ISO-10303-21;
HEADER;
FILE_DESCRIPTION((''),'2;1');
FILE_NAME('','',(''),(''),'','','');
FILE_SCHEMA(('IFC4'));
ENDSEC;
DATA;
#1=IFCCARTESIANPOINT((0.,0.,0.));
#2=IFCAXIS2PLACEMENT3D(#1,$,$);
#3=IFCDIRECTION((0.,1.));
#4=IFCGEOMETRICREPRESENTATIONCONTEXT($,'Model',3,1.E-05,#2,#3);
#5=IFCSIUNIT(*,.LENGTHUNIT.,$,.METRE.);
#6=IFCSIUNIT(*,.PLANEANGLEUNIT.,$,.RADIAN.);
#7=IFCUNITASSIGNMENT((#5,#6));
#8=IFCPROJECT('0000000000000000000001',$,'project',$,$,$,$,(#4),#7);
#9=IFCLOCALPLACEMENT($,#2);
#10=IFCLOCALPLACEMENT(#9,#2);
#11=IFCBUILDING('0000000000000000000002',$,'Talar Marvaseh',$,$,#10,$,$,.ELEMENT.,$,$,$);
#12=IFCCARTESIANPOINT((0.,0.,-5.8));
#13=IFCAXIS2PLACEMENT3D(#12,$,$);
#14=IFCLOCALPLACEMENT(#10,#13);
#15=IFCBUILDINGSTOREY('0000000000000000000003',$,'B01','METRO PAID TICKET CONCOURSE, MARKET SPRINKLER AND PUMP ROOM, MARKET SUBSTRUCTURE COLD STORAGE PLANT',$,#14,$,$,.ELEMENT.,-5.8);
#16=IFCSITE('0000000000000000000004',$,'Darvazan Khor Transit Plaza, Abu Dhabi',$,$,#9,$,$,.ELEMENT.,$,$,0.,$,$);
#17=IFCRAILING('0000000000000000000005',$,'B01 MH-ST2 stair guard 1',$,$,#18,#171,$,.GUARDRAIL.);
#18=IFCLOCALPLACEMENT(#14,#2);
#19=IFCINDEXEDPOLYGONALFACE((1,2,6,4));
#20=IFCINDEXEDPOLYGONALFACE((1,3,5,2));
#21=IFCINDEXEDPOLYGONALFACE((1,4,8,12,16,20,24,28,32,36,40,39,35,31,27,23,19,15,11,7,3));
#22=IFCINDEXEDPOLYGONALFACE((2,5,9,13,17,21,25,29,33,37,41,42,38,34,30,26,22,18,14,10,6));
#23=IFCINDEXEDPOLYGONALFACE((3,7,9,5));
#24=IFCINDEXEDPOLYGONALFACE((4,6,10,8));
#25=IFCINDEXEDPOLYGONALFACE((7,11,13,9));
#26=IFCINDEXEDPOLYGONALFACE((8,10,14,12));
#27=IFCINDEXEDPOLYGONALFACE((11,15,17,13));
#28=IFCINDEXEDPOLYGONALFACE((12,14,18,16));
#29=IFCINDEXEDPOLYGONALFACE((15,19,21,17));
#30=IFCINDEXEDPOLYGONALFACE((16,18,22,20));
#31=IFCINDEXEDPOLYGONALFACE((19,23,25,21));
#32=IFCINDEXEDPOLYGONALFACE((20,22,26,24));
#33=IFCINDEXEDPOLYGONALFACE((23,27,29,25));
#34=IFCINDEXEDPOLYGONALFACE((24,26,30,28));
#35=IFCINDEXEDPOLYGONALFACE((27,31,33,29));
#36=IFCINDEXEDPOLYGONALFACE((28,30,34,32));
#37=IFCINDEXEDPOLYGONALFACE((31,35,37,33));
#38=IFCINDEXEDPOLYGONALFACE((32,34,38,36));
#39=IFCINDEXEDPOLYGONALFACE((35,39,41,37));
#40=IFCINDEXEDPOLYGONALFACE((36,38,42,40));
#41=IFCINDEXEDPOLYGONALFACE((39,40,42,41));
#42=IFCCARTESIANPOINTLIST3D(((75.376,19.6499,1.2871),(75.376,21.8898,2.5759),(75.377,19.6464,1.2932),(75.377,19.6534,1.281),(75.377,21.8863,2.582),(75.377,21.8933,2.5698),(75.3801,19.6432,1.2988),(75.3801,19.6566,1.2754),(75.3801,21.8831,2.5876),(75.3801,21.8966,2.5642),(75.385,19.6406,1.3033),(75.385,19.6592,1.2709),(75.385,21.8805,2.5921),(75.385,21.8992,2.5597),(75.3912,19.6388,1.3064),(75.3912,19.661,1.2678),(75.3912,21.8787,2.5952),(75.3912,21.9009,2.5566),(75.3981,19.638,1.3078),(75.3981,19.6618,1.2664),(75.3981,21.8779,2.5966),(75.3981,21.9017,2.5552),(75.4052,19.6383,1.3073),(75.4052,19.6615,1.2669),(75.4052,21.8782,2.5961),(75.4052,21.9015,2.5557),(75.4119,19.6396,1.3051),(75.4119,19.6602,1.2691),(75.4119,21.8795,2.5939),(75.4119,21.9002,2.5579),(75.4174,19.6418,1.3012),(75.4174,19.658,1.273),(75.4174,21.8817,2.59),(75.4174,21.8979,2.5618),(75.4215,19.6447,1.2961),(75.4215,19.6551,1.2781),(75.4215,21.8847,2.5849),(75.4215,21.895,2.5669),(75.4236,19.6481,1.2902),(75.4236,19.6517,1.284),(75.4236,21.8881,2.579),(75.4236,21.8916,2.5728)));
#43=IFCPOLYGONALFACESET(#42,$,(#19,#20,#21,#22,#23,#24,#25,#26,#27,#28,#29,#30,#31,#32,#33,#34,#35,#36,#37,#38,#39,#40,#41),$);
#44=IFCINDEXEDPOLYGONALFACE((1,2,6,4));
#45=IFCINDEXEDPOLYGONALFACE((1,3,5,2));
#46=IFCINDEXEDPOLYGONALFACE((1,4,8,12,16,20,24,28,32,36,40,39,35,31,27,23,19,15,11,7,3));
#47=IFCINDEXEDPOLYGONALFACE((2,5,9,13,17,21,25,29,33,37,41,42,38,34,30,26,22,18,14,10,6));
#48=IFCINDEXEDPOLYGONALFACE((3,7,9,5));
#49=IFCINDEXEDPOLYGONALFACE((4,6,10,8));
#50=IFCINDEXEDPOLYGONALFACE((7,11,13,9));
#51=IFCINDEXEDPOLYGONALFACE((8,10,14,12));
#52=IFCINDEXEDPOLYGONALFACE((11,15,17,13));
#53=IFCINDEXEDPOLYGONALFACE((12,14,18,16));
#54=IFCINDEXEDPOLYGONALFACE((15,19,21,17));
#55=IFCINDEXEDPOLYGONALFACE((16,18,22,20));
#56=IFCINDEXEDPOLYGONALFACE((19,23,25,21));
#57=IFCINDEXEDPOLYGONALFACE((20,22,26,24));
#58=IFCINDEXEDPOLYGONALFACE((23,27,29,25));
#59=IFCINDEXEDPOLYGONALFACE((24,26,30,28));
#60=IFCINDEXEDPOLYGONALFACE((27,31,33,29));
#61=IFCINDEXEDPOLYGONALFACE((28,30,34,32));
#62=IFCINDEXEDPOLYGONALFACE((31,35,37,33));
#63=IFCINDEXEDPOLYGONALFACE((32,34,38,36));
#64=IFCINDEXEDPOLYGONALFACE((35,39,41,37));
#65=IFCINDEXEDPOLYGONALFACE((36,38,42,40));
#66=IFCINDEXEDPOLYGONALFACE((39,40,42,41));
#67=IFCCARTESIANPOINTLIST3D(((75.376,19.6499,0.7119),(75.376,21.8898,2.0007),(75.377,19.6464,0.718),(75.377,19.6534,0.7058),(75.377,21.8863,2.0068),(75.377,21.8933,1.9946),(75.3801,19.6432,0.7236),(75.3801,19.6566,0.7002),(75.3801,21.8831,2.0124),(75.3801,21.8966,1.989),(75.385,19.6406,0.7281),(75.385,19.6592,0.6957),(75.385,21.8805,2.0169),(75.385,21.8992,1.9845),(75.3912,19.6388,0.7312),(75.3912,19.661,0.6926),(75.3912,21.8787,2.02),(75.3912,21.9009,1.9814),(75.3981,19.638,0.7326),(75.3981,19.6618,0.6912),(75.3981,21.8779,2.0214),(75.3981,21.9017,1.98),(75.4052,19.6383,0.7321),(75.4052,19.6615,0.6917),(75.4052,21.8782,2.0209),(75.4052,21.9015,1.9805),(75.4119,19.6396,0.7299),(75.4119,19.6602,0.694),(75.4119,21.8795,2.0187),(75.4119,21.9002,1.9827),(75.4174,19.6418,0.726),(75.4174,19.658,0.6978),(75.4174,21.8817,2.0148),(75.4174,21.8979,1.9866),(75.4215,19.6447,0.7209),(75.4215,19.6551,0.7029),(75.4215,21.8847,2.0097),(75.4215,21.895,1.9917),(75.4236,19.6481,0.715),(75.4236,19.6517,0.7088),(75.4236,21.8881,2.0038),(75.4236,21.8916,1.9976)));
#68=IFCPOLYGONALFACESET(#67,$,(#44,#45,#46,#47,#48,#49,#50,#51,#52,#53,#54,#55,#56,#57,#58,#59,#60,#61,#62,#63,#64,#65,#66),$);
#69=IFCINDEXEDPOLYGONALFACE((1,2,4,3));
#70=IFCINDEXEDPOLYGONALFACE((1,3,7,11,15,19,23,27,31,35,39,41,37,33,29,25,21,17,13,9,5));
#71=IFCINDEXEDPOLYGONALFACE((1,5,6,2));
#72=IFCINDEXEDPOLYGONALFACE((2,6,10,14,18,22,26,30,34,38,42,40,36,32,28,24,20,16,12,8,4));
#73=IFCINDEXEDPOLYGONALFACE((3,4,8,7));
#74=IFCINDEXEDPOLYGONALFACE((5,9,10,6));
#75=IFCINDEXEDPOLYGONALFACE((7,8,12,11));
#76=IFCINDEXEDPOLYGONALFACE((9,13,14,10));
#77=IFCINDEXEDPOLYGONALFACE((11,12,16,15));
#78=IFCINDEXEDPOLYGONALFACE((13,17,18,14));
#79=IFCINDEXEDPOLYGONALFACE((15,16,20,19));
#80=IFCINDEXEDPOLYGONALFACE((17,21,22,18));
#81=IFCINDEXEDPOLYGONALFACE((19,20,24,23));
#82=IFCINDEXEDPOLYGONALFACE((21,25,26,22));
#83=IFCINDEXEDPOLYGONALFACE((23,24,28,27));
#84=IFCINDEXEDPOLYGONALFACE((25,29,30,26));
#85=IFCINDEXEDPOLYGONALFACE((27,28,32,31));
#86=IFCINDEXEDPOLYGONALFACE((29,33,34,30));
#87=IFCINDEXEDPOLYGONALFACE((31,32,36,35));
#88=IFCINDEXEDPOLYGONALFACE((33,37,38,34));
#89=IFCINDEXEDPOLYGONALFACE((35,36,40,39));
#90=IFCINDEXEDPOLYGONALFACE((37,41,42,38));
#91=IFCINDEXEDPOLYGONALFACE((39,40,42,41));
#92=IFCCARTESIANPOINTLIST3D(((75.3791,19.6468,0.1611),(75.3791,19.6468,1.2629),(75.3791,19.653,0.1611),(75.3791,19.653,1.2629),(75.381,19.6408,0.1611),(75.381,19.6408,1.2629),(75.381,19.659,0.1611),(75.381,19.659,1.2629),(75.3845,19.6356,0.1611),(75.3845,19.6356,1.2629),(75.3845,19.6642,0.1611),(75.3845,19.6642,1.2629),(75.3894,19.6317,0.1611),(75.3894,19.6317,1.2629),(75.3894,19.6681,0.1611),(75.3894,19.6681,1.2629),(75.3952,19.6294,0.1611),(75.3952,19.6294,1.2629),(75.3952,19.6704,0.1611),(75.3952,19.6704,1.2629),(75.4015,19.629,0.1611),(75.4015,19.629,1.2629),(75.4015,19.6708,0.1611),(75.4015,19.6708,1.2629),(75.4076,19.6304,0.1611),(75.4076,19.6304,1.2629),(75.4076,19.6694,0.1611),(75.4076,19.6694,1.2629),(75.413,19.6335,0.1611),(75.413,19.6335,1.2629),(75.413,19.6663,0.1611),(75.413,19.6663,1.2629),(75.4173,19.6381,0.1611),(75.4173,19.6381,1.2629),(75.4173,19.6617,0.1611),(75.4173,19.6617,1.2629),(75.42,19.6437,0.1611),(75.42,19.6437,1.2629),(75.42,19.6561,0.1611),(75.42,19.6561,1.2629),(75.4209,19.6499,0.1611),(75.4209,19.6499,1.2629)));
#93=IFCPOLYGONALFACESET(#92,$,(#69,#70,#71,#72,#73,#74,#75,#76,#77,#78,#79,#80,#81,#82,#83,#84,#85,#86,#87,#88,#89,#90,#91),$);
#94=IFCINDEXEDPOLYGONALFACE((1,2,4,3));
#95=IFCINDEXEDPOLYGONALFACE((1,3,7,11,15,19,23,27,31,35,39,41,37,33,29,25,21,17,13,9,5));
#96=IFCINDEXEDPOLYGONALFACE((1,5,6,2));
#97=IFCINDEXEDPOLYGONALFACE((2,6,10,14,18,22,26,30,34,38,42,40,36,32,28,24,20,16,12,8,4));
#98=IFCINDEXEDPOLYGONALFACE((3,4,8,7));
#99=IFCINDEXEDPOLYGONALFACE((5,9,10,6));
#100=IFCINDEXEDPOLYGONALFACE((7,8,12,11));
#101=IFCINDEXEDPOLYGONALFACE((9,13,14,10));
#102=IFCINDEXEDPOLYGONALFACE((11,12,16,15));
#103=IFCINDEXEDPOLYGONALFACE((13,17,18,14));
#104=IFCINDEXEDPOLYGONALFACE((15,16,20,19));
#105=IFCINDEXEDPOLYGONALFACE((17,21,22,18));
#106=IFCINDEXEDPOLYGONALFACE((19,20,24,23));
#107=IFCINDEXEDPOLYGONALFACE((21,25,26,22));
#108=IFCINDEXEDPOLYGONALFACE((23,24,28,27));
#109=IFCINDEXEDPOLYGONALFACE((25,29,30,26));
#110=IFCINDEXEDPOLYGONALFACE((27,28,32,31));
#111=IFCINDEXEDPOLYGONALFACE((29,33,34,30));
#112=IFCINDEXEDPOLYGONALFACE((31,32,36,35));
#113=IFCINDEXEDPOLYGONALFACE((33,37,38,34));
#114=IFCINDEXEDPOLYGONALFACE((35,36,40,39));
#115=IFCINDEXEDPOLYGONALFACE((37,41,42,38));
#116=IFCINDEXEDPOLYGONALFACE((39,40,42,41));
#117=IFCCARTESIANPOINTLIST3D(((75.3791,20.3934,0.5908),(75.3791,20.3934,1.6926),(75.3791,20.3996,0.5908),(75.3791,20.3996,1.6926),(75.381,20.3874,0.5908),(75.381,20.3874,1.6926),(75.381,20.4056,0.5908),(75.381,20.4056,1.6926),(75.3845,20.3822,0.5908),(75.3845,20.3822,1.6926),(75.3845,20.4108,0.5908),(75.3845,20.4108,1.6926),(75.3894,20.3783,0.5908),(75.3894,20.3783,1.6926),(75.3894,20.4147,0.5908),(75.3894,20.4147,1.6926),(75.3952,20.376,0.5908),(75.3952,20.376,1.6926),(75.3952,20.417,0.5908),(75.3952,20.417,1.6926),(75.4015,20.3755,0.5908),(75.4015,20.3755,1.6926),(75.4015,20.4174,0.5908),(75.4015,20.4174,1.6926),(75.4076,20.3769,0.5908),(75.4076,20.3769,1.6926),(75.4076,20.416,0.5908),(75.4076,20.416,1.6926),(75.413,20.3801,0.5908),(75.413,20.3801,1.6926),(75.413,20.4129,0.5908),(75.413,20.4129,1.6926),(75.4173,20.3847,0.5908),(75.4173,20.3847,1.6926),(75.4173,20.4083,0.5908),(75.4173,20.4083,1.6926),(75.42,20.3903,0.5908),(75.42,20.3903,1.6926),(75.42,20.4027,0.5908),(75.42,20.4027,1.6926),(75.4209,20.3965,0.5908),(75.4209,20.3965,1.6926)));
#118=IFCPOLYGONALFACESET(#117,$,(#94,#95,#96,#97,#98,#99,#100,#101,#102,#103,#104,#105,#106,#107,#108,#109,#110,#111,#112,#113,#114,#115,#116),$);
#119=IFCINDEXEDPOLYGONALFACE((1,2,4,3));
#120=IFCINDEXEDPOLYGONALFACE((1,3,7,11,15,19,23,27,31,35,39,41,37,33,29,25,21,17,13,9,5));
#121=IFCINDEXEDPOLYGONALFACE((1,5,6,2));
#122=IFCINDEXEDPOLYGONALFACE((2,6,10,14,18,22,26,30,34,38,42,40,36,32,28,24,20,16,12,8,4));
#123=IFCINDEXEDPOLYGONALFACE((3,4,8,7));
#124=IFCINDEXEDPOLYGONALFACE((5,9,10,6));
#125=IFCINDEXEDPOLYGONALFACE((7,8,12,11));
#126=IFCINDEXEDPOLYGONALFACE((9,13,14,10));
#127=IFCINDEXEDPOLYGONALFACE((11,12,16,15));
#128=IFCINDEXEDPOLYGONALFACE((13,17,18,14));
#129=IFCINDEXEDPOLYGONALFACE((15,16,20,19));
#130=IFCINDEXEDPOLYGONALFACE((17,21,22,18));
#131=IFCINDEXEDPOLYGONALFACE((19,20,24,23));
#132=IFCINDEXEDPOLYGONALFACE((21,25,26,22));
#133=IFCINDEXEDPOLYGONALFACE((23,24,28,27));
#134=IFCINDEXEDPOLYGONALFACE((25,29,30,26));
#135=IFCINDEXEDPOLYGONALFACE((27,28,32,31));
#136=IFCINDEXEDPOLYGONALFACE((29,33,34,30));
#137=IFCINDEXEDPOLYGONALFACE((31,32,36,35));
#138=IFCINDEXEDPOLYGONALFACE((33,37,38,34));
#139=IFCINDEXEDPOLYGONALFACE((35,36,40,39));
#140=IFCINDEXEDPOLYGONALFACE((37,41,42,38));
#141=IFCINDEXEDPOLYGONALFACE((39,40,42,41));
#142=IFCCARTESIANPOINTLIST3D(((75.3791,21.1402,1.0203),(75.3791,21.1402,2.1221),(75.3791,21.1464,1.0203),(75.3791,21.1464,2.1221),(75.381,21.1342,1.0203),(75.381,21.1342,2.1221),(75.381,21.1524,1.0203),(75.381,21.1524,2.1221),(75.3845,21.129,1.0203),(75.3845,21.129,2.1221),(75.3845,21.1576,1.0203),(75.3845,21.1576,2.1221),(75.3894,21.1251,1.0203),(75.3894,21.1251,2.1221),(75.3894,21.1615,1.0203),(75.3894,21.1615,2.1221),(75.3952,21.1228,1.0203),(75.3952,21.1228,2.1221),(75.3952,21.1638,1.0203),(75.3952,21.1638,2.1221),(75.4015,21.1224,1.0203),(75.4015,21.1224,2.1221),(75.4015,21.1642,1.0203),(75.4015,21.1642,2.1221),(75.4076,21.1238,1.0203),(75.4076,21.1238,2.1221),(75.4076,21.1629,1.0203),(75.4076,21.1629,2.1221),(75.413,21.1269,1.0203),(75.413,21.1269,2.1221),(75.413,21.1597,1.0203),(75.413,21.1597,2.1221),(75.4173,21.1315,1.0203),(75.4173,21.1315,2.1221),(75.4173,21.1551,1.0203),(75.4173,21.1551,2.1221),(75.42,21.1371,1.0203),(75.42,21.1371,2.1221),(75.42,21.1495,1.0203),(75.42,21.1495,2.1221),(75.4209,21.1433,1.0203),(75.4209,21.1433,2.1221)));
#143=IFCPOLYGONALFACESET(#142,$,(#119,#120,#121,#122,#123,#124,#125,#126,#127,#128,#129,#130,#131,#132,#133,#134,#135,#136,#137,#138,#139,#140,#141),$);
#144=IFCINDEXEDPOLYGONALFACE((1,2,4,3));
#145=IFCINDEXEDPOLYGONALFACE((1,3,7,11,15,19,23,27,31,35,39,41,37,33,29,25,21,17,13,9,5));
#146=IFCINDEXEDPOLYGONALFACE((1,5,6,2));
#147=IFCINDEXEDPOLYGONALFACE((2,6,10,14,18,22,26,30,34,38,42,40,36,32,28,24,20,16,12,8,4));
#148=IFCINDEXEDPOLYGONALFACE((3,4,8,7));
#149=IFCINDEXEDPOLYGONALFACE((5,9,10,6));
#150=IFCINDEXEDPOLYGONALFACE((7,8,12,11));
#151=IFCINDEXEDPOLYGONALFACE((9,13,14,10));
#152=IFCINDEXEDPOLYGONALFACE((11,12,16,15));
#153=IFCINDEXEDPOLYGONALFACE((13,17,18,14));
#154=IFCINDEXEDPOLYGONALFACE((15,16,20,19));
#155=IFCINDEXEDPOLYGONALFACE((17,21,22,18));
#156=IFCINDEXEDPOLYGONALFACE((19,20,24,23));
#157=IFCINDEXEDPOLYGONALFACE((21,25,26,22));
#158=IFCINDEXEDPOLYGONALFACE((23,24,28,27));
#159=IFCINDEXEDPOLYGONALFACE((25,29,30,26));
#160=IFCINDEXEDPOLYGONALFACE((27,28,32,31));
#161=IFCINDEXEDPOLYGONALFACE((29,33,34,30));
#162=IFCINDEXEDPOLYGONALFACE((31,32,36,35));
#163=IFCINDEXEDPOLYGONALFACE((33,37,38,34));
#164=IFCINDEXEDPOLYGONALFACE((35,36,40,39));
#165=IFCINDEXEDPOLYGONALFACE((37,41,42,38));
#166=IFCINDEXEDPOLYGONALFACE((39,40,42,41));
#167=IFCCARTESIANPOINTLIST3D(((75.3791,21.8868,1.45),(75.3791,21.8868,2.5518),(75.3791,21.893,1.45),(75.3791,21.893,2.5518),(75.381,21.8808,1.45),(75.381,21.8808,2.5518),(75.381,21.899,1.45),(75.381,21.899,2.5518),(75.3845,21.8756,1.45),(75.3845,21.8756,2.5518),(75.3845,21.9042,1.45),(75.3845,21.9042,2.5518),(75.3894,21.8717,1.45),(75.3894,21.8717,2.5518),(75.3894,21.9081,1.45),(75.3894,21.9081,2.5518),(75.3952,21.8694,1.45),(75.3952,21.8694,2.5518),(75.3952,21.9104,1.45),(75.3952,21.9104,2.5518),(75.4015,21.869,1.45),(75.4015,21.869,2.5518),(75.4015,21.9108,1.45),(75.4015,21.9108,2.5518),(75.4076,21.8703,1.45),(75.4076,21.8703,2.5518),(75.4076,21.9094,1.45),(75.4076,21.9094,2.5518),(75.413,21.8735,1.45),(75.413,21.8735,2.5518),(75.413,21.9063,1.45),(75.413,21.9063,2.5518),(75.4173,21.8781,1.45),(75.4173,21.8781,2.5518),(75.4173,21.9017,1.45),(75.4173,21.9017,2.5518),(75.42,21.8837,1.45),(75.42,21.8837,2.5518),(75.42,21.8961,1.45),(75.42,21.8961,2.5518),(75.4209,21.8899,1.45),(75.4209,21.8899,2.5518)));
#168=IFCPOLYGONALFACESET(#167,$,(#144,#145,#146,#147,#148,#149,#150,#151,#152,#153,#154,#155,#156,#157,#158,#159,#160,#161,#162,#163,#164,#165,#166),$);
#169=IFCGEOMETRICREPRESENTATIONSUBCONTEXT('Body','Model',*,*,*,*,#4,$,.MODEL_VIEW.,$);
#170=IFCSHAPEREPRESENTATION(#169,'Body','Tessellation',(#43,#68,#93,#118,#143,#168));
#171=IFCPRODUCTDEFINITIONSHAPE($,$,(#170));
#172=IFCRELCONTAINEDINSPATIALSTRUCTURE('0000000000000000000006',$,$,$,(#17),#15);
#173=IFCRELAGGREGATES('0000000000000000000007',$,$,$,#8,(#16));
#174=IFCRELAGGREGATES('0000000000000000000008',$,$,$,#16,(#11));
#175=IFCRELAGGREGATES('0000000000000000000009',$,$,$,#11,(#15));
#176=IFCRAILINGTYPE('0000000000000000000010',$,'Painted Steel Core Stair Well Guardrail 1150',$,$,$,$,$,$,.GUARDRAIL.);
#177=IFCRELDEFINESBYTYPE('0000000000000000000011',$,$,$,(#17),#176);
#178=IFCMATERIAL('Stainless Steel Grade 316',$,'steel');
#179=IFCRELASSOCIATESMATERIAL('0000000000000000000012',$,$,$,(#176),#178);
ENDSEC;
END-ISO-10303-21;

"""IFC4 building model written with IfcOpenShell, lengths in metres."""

from ifc_helpers import new_model, si_unit, direction, frame, origin, origin_2d, place, context, subcontext, project, spatial, circle, extrude, material, type_object, element, save


model = new_model("IFC4")

# Units and contexts
model_context = context("Model", 3, precision=1e-05, world=origin(), true_north=direction((0.0, 1.0)))
body_context = subcontext(model_context, "Body", "Model", "MODEL_VIEW")
ifc_project = project(units=[si_unit("LENGTHUNIT", "METRE"), si_unit("PLANEANGLEUNIT", "RADIAN")], contexts=[model_context])

# Site, building, storey
site_placement = place(None, origin())
site = spatial("IfcSite", under=ifc_project, at=site_placement, Name="Darvazan Khor Transit Plaza, Abu Dhabi", CompositionType="ELEMENT", RefElevation=0.0)
building_placement = place(site_placement, origin())
building = spatial("IfcBuilding", under=site, at=building_placement, Name="Talar Marvaseh", CompositionType="ELEMENT")
storey_placement = place(building_placement, frame((0.0, 0.0, -5.8)))
storey = spatial("IfcBuildingStorey", under=building, at=storey_placement, Name="B01", Description="METRO PAID TICKET CONCOURSE, MARKET SPRINKLER AND PUMP ROOM, MARKET SUBSTRUCTURE COLD STORAGE PLANT", CompositionType="ELEMENT", Elevation=-5.8)

# Railing
ifc_material_1 = material(Name="Stainless Steel Grade 316", Category="steel")
railing_type_1 = type_object("IfcRailingType", Name="Painted Steel Core Stair Well Guardrail 1150", PredefinedType="GUARDRAIL", material=ifc_material_1)
railing_1_placement = place(storey_placement, frame((75.3999, 19.6499, 0.1611)))
element("IfcRailing", 1, at=railing_1_placement, inside=storey, type_object=railing_type_1, Name="B01 MH-ST2 stair guard 1", PredefinedType="GUARDRAIL", context=body_context, shape_type="SweptSolid", body=[
    extrude(circle(Radius=0.0239, at=origin_2d()), frame((0.0, 0.0, 1.126), z_axis=(0.0, 0.866768, 0.498711), x_axis=(-1.0, 0.0, 0.0)), (0.0, 0.0, 1.0), 2.5842),
    extrude(circle(Radius=0.0239, at=origin_2d()), frame((0.0, 0.0, 0.5508), z_axis=(0.0, 0.866768, 0.498711), x_axis=(-1.0, 0.0, 0.0)), (0.0, 0.0, 1.0), 2.5842),
    extrude(circle(Radius=0.021, at=origin_2d()), origin(), (0.0, 0.0, 1.0), 1.1018),
    extrude(circle(Radius=0.021, at=origin_2d()), frame((0.0, 0.7466, 0.4297)), (0.0, 0.0, 1.0), 1.1018),
    extrude(circle(Radius=0.021, at=origin_2d()), frame((0.0, 1.4934, 0.8591)), (0.0, 0.0, 1.0), 1.1018),
    extrude(circle(Radius=0.021, at=origin_2d()), frame((0.0, 2.24, 1.2888)), (0.0, 0.0, 1.0), 1.1018),
])

save(model, "model.ifc")
